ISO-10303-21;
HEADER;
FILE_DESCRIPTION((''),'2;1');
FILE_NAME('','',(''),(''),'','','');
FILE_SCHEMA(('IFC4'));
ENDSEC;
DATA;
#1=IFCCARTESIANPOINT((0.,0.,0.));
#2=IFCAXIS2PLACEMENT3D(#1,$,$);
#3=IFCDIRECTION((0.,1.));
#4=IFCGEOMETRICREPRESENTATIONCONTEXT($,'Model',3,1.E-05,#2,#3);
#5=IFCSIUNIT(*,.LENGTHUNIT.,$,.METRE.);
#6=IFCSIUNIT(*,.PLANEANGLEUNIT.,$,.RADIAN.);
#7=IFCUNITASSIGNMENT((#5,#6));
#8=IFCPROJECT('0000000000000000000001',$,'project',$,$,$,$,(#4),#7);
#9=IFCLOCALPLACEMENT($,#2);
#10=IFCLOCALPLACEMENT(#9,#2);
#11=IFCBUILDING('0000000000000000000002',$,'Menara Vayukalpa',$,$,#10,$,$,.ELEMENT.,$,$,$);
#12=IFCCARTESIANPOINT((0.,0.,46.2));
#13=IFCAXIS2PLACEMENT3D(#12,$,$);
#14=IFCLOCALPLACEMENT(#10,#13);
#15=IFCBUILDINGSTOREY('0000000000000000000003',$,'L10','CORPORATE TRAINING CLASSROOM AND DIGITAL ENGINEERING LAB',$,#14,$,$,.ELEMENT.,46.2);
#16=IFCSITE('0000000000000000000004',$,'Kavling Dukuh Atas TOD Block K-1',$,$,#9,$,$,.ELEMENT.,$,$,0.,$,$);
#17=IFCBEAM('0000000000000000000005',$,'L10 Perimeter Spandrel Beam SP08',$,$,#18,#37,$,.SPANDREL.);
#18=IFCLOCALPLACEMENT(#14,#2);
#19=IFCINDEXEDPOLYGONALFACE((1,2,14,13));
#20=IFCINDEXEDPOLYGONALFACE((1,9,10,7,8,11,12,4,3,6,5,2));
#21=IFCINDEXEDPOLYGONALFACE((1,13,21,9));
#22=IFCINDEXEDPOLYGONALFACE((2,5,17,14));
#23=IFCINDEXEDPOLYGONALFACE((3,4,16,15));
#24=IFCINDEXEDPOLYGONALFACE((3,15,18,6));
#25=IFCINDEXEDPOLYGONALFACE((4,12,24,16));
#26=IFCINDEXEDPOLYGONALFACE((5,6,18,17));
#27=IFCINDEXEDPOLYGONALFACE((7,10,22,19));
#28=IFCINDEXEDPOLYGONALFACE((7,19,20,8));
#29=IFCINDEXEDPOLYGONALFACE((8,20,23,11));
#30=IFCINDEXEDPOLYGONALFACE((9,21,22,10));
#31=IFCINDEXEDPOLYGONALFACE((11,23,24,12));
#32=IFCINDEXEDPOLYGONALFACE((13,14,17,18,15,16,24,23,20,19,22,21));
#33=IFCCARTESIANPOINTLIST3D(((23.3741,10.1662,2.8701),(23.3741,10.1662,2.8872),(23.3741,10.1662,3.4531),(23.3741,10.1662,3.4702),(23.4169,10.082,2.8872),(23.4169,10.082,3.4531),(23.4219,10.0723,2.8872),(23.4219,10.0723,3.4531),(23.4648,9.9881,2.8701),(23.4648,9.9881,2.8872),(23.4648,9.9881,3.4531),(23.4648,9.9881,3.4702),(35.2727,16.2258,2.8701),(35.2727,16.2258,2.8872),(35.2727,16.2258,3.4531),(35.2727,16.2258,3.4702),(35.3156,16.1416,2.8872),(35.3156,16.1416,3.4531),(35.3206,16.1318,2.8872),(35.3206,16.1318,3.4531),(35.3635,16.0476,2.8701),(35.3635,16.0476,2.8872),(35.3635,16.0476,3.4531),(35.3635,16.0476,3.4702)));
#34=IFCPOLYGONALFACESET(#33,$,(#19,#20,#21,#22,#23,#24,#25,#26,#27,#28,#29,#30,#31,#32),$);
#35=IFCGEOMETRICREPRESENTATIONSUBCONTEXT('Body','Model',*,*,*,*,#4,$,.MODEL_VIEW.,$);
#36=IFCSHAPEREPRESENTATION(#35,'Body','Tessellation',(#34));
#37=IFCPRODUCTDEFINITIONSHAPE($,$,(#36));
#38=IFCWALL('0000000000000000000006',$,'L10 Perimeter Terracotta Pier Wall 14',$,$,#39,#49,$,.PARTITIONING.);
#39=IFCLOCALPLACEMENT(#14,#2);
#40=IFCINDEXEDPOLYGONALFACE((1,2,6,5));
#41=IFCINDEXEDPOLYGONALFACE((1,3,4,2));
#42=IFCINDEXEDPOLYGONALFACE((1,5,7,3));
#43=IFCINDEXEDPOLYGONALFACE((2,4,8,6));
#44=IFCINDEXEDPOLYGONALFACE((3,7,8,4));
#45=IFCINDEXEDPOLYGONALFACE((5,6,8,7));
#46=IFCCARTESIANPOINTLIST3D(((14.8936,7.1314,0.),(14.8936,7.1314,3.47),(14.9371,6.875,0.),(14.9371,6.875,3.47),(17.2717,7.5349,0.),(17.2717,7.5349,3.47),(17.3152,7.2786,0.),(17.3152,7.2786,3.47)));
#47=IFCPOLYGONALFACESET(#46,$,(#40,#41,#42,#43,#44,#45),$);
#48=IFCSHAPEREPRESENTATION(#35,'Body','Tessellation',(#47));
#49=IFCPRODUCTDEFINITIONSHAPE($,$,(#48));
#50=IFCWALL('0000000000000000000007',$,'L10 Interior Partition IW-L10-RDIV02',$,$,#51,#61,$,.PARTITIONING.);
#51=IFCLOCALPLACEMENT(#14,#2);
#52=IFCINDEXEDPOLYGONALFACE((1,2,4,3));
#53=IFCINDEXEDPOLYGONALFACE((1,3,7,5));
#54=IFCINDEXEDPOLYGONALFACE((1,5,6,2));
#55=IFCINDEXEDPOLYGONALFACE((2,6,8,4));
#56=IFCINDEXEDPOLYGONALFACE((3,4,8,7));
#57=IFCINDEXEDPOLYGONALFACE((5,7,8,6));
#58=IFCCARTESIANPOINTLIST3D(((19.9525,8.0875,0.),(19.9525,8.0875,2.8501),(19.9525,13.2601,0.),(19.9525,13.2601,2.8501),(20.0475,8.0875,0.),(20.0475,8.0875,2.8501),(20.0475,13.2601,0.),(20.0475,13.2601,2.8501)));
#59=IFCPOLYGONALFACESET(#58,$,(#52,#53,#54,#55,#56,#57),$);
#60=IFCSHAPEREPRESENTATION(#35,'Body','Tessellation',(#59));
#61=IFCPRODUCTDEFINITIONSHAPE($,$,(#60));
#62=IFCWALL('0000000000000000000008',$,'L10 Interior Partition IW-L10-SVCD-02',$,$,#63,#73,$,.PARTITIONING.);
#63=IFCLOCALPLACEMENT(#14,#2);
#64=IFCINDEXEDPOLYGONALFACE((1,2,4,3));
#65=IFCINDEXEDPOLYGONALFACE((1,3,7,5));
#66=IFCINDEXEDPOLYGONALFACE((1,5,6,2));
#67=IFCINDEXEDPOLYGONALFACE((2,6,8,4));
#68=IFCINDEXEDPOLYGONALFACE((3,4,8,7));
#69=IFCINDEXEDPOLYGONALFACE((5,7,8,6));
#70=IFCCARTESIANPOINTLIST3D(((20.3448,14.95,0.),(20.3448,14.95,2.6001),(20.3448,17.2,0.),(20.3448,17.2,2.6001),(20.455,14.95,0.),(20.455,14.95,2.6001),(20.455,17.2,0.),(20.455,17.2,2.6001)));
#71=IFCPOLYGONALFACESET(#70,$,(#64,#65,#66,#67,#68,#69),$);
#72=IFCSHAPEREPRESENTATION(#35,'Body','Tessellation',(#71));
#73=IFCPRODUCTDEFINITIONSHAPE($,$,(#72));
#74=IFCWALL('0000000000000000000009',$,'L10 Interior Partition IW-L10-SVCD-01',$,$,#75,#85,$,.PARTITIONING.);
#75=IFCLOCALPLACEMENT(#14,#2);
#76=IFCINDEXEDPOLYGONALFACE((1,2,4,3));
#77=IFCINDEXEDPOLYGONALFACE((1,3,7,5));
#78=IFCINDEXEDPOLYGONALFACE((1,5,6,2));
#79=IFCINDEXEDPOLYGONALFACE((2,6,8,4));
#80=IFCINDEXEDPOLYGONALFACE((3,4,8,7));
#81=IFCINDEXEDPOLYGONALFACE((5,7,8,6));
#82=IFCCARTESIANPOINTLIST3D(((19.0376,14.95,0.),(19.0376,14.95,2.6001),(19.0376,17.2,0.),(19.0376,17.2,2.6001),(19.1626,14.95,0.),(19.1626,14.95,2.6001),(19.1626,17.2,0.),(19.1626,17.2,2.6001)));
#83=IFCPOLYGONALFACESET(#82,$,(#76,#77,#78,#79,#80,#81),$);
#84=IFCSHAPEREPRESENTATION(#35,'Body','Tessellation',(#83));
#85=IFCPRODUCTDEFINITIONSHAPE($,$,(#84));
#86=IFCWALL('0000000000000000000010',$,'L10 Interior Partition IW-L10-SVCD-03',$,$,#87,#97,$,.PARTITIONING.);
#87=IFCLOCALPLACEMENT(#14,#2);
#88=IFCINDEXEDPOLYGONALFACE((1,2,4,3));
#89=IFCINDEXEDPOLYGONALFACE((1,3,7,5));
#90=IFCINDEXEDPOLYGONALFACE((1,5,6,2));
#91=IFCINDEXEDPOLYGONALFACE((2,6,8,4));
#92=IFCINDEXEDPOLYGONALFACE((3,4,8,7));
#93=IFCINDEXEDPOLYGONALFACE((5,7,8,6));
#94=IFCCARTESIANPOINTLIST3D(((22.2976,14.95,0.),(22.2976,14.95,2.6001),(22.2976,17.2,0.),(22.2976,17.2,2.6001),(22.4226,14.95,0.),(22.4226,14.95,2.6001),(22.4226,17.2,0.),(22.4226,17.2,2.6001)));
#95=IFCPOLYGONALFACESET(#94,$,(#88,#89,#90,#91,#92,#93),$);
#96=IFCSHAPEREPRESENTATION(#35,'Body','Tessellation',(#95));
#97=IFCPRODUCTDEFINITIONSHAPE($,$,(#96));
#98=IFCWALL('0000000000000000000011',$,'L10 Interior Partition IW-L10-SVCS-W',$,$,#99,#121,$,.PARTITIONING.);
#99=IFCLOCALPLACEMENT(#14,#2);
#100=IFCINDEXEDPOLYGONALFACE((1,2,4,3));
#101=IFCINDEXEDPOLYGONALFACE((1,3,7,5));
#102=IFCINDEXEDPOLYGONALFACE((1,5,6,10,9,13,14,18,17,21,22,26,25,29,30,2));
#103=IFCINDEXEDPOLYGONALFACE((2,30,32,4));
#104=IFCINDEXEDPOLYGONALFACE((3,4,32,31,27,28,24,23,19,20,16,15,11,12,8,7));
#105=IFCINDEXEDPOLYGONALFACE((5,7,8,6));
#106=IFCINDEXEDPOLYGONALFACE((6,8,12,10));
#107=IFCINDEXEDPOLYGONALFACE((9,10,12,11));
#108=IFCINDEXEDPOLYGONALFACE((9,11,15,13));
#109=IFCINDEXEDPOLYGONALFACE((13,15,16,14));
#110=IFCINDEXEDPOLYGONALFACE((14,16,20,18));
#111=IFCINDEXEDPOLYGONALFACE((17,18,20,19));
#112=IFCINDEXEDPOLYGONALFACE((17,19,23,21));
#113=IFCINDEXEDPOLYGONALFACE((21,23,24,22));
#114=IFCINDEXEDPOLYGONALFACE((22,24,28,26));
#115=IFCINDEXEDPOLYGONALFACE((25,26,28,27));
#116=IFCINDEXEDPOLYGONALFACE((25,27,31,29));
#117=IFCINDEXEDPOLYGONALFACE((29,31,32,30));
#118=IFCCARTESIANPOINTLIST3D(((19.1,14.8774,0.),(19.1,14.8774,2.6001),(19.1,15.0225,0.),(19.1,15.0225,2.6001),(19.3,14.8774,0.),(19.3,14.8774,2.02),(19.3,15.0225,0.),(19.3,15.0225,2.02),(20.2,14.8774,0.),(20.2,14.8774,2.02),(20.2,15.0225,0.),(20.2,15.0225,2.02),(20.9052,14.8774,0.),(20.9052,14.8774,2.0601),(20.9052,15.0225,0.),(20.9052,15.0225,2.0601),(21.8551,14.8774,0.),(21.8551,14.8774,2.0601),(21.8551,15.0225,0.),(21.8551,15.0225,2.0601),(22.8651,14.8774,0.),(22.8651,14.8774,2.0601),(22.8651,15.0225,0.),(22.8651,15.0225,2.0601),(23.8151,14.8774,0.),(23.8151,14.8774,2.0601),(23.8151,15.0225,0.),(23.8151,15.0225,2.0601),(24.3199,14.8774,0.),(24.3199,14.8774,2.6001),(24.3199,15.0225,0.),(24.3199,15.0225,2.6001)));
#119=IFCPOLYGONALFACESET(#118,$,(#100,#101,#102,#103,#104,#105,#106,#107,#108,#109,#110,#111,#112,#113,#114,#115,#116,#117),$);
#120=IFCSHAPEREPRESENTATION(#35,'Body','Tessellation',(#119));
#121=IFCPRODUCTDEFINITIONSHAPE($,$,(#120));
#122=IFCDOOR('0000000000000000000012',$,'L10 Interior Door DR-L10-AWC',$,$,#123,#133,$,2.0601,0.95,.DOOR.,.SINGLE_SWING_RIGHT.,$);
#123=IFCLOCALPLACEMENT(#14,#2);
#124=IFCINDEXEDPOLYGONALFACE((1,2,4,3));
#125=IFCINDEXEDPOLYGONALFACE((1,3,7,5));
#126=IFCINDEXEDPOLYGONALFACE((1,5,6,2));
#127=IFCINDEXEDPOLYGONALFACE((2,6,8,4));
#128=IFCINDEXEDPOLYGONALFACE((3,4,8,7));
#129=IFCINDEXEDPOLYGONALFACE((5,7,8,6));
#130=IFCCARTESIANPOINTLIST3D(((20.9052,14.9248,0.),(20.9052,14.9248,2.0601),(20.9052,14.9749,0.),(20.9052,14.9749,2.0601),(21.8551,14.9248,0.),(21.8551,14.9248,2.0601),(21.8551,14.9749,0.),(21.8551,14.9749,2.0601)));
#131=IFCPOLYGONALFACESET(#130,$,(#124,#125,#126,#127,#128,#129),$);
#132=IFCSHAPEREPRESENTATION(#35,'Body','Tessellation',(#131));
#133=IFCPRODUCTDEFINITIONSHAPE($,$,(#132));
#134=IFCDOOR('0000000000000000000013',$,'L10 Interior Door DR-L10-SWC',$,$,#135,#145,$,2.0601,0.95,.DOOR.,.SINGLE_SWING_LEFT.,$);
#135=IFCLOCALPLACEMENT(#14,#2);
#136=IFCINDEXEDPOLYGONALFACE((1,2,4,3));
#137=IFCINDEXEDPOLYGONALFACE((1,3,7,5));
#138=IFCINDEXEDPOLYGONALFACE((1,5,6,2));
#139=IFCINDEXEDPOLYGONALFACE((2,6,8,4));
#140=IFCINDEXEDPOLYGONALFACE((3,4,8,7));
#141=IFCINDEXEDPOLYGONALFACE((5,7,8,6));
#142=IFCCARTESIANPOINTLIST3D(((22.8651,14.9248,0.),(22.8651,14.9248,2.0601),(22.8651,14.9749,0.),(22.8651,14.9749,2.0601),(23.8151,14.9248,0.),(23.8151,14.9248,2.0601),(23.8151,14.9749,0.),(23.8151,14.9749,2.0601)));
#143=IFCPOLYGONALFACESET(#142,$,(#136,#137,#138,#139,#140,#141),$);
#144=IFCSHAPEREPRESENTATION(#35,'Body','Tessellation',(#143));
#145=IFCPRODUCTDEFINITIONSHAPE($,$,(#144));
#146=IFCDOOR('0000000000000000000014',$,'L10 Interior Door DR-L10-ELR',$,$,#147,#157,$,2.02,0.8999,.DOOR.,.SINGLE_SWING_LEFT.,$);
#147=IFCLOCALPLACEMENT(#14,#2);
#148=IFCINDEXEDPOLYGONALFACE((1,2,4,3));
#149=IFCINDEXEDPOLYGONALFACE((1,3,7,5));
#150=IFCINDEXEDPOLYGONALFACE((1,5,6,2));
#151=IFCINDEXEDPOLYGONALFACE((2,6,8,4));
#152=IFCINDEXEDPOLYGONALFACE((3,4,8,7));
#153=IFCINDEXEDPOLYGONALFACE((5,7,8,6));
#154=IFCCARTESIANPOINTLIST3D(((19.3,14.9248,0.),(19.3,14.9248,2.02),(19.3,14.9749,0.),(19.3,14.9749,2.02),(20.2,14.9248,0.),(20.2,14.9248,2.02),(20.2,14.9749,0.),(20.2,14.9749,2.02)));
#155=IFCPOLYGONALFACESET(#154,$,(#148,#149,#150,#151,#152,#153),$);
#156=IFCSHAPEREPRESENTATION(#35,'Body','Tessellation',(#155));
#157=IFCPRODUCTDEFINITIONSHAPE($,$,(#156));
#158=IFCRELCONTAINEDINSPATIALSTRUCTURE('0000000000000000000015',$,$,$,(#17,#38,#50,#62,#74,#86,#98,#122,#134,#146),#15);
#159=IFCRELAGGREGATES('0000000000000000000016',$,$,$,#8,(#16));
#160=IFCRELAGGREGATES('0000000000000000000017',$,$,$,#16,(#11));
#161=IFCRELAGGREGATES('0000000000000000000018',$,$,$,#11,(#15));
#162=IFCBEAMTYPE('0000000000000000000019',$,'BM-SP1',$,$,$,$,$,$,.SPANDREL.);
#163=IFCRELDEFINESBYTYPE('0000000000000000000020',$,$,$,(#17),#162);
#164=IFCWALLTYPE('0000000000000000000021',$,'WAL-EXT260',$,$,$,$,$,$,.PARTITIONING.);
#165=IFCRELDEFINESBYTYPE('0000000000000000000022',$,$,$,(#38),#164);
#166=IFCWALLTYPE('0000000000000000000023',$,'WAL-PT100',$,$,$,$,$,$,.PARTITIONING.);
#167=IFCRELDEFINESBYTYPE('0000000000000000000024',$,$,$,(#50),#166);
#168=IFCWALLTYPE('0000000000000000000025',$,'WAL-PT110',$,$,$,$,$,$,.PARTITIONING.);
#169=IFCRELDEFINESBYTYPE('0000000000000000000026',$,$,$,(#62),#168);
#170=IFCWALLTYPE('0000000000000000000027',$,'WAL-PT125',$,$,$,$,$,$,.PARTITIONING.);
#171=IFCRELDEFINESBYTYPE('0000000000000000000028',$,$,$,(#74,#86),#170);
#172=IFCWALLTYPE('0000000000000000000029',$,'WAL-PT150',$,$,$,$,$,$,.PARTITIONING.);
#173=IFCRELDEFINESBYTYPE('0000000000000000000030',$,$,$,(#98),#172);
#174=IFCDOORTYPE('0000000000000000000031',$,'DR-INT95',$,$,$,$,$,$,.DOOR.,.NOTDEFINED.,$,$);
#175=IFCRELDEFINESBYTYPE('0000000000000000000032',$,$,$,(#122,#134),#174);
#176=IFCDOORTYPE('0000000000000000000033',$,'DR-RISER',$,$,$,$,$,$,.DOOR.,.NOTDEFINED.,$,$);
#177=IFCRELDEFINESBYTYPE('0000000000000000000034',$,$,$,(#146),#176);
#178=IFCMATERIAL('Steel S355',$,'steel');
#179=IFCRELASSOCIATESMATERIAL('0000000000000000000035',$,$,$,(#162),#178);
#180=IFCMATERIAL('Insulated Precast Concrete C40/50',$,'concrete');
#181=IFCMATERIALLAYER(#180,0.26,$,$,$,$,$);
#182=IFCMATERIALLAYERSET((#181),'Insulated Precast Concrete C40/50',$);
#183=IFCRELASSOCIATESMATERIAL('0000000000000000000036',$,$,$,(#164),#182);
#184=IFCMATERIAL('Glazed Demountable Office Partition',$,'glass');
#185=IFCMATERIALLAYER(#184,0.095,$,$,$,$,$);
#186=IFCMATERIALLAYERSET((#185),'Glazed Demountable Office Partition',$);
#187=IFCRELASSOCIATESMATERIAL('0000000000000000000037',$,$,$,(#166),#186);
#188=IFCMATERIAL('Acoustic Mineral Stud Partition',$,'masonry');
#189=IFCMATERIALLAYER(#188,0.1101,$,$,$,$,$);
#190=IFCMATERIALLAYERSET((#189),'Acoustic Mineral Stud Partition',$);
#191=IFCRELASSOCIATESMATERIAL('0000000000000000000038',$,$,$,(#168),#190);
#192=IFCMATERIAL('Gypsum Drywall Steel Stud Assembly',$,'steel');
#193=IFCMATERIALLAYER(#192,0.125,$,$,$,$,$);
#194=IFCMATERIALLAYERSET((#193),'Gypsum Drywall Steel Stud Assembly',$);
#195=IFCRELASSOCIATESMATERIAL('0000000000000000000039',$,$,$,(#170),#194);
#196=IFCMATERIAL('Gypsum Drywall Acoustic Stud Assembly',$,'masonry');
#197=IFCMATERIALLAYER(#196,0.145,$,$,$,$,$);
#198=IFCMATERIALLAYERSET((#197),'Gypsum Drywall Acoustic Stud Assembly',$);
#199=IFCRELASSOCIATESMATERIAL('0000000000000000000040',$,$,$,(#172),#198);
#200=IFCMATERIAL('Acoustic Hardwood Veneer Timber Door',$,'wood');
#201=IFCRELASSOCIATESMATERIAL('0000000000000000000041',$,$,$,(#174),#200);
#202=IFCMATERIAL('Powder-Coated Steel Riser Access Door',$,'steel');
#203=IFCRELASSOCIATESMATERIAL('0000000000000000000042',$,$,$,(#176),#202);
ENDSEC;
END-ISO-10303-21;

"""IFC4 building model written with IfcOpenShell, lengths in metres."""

from ifc_helpers import new_model, si_unit, direction, frame, frame_2d, origin, origin_2d, place, context, subcontext, project, spatial, rectangle, i_section, extrude, material, layer, layer_set, material_profile, profile_set, type_object, element, fill, save


model = new_model("IFC4")

# Units and contexts
model_context = context("Model", 3, precision=1e-05, world=origin(), true_north=direction((0.0, 1.0)))
body_context = subcontext(model_context, "Body", "Model", "MODEL_VIEW")
ifc_project = project(units=[si_unit("LENGTHUNIT", "METRE"), si_unit("PLANEANGLEUNIT", "RADIAN")], contexts=[model_context])

# Site, building, storey
site_placement = place(None, origin())
site = spatial("IfcSite", under=ifc_project, at=site_placement, Name="Kavling Dukuh Atas TOD Block K-1", CompositionType="ELEMENT", RefElevation=0.0)
building_placement = place(site_placement, origin())
building = spatial("IfcBuilding", under=site, at=building_placement, Name="Menara Vayukalpa", CompositionType="ELEMENT")
storey_placement = place(building_placement, frame((0.0, 0.0, 46.2)))
storey = spatial("IfcBuildingStorey", under=building, at=storey_placement, Name="L10", Description="CORPORATE TRAINING CLASSROOM AND DIGITAL ENGINEERING LAB", CompositionType="ELEMENT", Elevation=46.2)

# Beam
ifc_material_1 = material(Name="Steel S355", Category="steel")
ifc_material_profile_1 = material_profile(ifc_material_1, i_section(OverallWidth=0.2, OverallDepth=0.6001, WebThickness=0.011, FlangeThickness=0.0171, at=origin_2d()), Name="WF 600x200x11x17")
ifc_profile_set_1 = profile_set([ifc_material_profile_1], Name="Steel S355")
beam_type_1 = type_object("IfcBeamType", Name="BM-SP1", PredefinedType="SPANDREL", material=ifc_profile_set_1)
beam_1_placement = place(storey_placement, frame((23.4194, 10.0771, 3.1702), z_axis=(0.891101, 0.453806, 0.0), x_axis=(-0.453806, 0.891101, 0.0)))
element("IfcBeam", 1, at=beam_1_placement, inside=storey, type_object=beam_type_1, Name="L10 Perimeter Spandrel Beam SP08", PredefinedType="SPANDREL", context=body_context, shape_type="SweptSolid", body=[
    extrude(i_section(OverallWidth=0.2, OverallDepth=0.6001, WebThickness=0.011, FlangeThickness=0.0171, at=origin_2d()), origin(), (0.0, 0.0, 1.0), 13.3528),
])

# Walls
ifc_material_2 = material(Name="Insulated Precast Concrete C40/50", Category="concrete")
ifc_layer_1 = layer(ifc_material_2, 0.26)
ifc_layer_set_1 = layer_set([ifc_layer_1], Name="Insulated Precast Concrete C40/50")
wall_type_1 = type_object("IfcWallType", Name="WAL-EXT260", PredefinedType="PARTITIONING", material=ifc_layer_set_1)
wall_1_placement = place(storey_placement, frame((17.2935, 7.4067, 0.0), z_axis=(0.0, 0.0, 1.0), x_axis=(-0.985905, -0.167303, 0.0)))
element("IfcWall", 2, at=wall_1_placement, inside=storey, type_object=wall_type_1, Name="L10 Perimeter Terracotta Pier Wall 14", PredefinedType="PARTITIONING", context=body_context, shape_type="SweptSolid", body=[
    extrude(rectangle(XDim=2.4121, YDim=0.26, at=frame_2d((1.2061, 0.0))), origin(), (0.0, 0.0, 1.0), 3.47),
])
ifc_material_3 = material(Name="Glazed Demountable Office Partition", Category="glass")
ifc_layer_2 = layer(ifc_material_3, 0.095)
ifc_layer_set_2 = layer_set([ifc_layer_2], Name="Glazed Demountable Office Partition")
wall_type_2 = type_object("IfcWallType", Name="WAL-PT100", PredefinedType="PARTITIONING", material=ifc_layer_set_2)
wall_2_placement = place(storey_placement, frame((20.0, 8.0874, 0.0), z_axis=(0.0, 0.0, 1.0), x_axis=(0.0, 1.0, 0.0)))
element("IfcWall", 3, at=wall_2_placement, inside=storey, type_object=wall_type_2, Name="L10 Interior Partition IW-L10-RDIV02", PredefinedType="PARTITIONING", context=body_context, shape_type="SweptSolid", body=[
    extrude(rectangle(XDim=5.1726, YDim=0.095, at=frame_2d((2.5864, 0.0))), origin(), (0.0, 0.0, 1.0), 2.8501),
])
ifc_material_4 = material(Name="Acoustic Mineral Stud Partition", Category="masonry")
ifc_layer_3 = layer(ifc_material_4, 0.1101)
ifc_layer_set_3 = layer_set([ifc_layer_3], Name="Acoustic Mineral Stud Partition")
wall_type_3 = type_object("IfcWallType", Name="WAL-PT110", PredefinedType="PARTITIONING", material=ifc_layer_set_3)
wall_3_placement = place(storey_placement, frame((20.3999, 14.95, 0.0), z_axis=(0.0, 0.0, 1.0), x_axis=(0.0, 1.0, 0.0)))
element("IfcWall", 4, at=wall_3_placement, inside=storey, type_object=wall_type_3, Name="L10 Interior Partition IW-L10-SVCD-02", PredefinedType="PARTITIONING", context=body_context, shape_type="SweptSolid", body=[
    extrude(rectangle(XDim=2.25, YDim=0.1101, at=frame_2d((1.125, 0.0))), origin(), (0.0, 0.0, 1.0), 2.6001),
])
ifc_material_5 = material(Name="Gypsum Drywall Steel Stud Assembly", Category="steel")
ifc_layer_4 = layer(ifc_material_5, 0.125)
ifc_layer_set_4 = layer_set([ifc_layer_4], Name="Gypsum Drywall Steel Stud Assembly")
wall_type_4 = type_object("IfcWallType", Name="WAL-PT125", PredefinedType="PARTITIONING", material=ifc_layer_set_4)
for number, where, z_axis, x_axis, name in (
    (5, (19.1001, 14.95, 0.0), (0.0, 0.0, 1.0), (0.0, 1.0, 0.0), "L10 Interior Partition IW-L10-SVCD-01"),
    (6, (22.3601, 14.95, 0.0), (0.0, 0.0, 1.0), (0.0, 1.0, 0.0), "L10 Interior Partition IW-L10-SVCD-03"),
):
    element("IfcWall", number, at=place(storey_placement, frame(where, z_axis=z_axis, x_axis=x_axis)), inside=storey, type_object=wall_type_4, Name=name, PredefinedType="PARTITIONING", context=body_context, shape_type="SweptSolid", body=[
        extrude(rectangle(XDim=2.25, YDim=0.125, at=frame_2d((1.125, 0.0))), origin(), (0.0, 0.0, 1.0), 2.6001),
    ])

# Wall, openings, doors
ifc_material_6 = material(Name="Gypsum Drywall Acoustic Stud Assembly", Category="masonry")
ifc_layer_5 = layer(ifc_material_6, 0.145)
ifc_layer_set_5 = layer_set([ifc_layer_5], Name="Gypsum Drywall Acoustic Stud Assembly")
wall_type_5 = type_object("IfcWallType", Name="WAL-PT150", PredefinedType="PARTITIONING", material=ifc_layer_set_5)
wall_4_placement = place(storey_placement, frame((19.1001, 14.95, 0.0), z_axis=(0.0, 0.0, 1.0), x_axis=(1.0, 0.0, 0.0)))
wall_4 = element("IfcWall", 7, at=wall_4_placement, inside=storey, type_object=wall_type_5, Name="L10 Interior Partition IW-L10-SVCS-W", PredefinedType="PARTITIONING", context=body_context, shape_type="SweptSolid", body=[
    extrude(rectangle(XDim=5.22, YDim=0.145, at=frame_2d((2.6099, 0.0))), origin(), (0.0, 0.0, 1.0), 2.6001),
])
opening_1_placement = place(wall_4_placement, frame((0.2, 0.0, 0.0)))
opening_1 = element("IfcOpeningElement", 8, at=opening_1_placement, cuts=wall_4, PredefinedType="OPENING", context=body_context, shape_type="SweptSolid", body=[
    extrude(rectangle(XDim=0.8999, YDim=2.02, at=frame_2d((0.45, 1.01))), frame((0.0, 0.0825, 0.0), z_axis=(0.0, -1.0, 0.0), x_axis=(1.0, 0.0, 0.0)), (0.0, 0.0, 1.0), 0.165),
])
opening_2_placement = place(wall_4_placement, frame((1.8049, 0.0, 0.0)))
opening_2 = element("IfcOpeningElement", 9, at=opening_2_placement, cuts=wall_4, PredefinedType="OPENING", context=body_context, shape_type="SweptSolid", body=[
    extrude(rectangle(XDim=0.95, YDim=2.0601, at=frame_2d((0.4751, 1.03))), frame((0.0, 0.0825, 0.0), z_axis=(0.0, -1.0, 0.0), x_axis=(1.0, 0.0, 0.0)), (0.0, 0.0, 1.0), 0.165),
])
opening_3_placement = place(wall_4_placement, frame((3.7649, 0.0, 0.0)))
opening_3 = element("IfcOpeningElement", 10, at=opening_3_placement, cuts=wall_4, PredefinedType="OPENING", context=body_context, shape_type="SweptSolid", body=[
    extrude(rectangle(XDim=0.95, YDim=2.0601, at=frame_2d((0.4751, 1.03))), frame((0.0, 0.0825, 0.0), z_axis=(0.0, -1.0, 0.0), x_axis=(1.0, 0.0, 0.0)), (0.0, 0.0, 1.0), 0.165),
])
ifc_material_7 = material(Name="Acoustic Hardwood Veneer Timber Door", Category="wood")
door_type_1 = type_object("IfcDoorType", Name="DR-INT95", OperationType="NOTDEFINED", PredefinedType="DOOR", material=ifc_material_7)
door_1_placement = place(opening_2_placement, origin())
door_1 = element("IfcDoor", 11, at=door_1_placement, inside=storey, type_object=door_type_1, Name="L10 Interior Door DR-L10-AWC", OperationType="SINGLE_SWING_RIGHT", OverallHeight=2.0601, OverallWidth=0.95, PredefinedType="DOOR", context=body_context, shape_type="SweptSolid", body=[
    extrude(rectangle(XDim=0.95, YDim=2.0601, at=frame_2d((0.4751, 1.03))), frame((0.0, 0.0249, 0.0), z_axis=(0.0, -1.0, 0.0), x_axis=(1.0, 0.0, 0.0)), (0.0, 0.0, 1.0), 0.05),
])
fill(opening_2, door_1)
door_2_placement = place(opening_3_placement, origin())
door_2 = element("IfcDoor", 12, at=door_2_placement, inside=storey, type_object=door_type_1, Name="L10 Interior Door DR-L10-SWC", OperationType="SINGLE_SWING_LEFT", OverallHeight=2.0601, OverallWidth=0.95, PredefinedType="DOOR", context=body_context, shape_type="SweptSolid", body=[
    extrude(rectangle(XDim=0.95, YDim=2.0601, at=frame_2d((0.4751, 1.03))), frame((0.0, 0.0249, 0.0), z_axis=(0.0, -1.0, 0.0), x_axis=(1.0, 0.0, 0.0)), (0.0, 0.0, 1.0), 0.05),
])
fill(opening_3, door_2)
ifc_material_8 = material(Name="Powder-Coated Steel Riser Access Door", Category="steel")
door_type_2 = type_object("IfcDoorType", Name="DR-RISER", OperationType="NOTDEFINED", PredefinedType="DOOR", material=ifc_material_8)
door_3_placement = place(opening_1_placement, origin())
door_3 = element("IfcDoor", 13, at=door_3_placement, inside=storey, type_object=door_type_2, Name="L10 Interior Door DR-L10-ELR", OperationType="SINGLE_SWING_LEFT", OverallHeight=2.02, OverallWidth=0.8999, PredefinedType="DOOR", context=body_context, shape_type="SweptSolid", body=[
    extrude(rectangle(XDim=0.8999, YDim=2.02, at=frame_2d((0.45, 1.01))), frame((0.0, 0.0249, 0.0), z_axis=(0.0, -1.0, 0.0), x_axis=(1.0, 0.0, 0.0)), (0.0, 0.0, 1.0), 0.05),
])
fill(opening_1, door_3)

save(model, "model.ifc")
